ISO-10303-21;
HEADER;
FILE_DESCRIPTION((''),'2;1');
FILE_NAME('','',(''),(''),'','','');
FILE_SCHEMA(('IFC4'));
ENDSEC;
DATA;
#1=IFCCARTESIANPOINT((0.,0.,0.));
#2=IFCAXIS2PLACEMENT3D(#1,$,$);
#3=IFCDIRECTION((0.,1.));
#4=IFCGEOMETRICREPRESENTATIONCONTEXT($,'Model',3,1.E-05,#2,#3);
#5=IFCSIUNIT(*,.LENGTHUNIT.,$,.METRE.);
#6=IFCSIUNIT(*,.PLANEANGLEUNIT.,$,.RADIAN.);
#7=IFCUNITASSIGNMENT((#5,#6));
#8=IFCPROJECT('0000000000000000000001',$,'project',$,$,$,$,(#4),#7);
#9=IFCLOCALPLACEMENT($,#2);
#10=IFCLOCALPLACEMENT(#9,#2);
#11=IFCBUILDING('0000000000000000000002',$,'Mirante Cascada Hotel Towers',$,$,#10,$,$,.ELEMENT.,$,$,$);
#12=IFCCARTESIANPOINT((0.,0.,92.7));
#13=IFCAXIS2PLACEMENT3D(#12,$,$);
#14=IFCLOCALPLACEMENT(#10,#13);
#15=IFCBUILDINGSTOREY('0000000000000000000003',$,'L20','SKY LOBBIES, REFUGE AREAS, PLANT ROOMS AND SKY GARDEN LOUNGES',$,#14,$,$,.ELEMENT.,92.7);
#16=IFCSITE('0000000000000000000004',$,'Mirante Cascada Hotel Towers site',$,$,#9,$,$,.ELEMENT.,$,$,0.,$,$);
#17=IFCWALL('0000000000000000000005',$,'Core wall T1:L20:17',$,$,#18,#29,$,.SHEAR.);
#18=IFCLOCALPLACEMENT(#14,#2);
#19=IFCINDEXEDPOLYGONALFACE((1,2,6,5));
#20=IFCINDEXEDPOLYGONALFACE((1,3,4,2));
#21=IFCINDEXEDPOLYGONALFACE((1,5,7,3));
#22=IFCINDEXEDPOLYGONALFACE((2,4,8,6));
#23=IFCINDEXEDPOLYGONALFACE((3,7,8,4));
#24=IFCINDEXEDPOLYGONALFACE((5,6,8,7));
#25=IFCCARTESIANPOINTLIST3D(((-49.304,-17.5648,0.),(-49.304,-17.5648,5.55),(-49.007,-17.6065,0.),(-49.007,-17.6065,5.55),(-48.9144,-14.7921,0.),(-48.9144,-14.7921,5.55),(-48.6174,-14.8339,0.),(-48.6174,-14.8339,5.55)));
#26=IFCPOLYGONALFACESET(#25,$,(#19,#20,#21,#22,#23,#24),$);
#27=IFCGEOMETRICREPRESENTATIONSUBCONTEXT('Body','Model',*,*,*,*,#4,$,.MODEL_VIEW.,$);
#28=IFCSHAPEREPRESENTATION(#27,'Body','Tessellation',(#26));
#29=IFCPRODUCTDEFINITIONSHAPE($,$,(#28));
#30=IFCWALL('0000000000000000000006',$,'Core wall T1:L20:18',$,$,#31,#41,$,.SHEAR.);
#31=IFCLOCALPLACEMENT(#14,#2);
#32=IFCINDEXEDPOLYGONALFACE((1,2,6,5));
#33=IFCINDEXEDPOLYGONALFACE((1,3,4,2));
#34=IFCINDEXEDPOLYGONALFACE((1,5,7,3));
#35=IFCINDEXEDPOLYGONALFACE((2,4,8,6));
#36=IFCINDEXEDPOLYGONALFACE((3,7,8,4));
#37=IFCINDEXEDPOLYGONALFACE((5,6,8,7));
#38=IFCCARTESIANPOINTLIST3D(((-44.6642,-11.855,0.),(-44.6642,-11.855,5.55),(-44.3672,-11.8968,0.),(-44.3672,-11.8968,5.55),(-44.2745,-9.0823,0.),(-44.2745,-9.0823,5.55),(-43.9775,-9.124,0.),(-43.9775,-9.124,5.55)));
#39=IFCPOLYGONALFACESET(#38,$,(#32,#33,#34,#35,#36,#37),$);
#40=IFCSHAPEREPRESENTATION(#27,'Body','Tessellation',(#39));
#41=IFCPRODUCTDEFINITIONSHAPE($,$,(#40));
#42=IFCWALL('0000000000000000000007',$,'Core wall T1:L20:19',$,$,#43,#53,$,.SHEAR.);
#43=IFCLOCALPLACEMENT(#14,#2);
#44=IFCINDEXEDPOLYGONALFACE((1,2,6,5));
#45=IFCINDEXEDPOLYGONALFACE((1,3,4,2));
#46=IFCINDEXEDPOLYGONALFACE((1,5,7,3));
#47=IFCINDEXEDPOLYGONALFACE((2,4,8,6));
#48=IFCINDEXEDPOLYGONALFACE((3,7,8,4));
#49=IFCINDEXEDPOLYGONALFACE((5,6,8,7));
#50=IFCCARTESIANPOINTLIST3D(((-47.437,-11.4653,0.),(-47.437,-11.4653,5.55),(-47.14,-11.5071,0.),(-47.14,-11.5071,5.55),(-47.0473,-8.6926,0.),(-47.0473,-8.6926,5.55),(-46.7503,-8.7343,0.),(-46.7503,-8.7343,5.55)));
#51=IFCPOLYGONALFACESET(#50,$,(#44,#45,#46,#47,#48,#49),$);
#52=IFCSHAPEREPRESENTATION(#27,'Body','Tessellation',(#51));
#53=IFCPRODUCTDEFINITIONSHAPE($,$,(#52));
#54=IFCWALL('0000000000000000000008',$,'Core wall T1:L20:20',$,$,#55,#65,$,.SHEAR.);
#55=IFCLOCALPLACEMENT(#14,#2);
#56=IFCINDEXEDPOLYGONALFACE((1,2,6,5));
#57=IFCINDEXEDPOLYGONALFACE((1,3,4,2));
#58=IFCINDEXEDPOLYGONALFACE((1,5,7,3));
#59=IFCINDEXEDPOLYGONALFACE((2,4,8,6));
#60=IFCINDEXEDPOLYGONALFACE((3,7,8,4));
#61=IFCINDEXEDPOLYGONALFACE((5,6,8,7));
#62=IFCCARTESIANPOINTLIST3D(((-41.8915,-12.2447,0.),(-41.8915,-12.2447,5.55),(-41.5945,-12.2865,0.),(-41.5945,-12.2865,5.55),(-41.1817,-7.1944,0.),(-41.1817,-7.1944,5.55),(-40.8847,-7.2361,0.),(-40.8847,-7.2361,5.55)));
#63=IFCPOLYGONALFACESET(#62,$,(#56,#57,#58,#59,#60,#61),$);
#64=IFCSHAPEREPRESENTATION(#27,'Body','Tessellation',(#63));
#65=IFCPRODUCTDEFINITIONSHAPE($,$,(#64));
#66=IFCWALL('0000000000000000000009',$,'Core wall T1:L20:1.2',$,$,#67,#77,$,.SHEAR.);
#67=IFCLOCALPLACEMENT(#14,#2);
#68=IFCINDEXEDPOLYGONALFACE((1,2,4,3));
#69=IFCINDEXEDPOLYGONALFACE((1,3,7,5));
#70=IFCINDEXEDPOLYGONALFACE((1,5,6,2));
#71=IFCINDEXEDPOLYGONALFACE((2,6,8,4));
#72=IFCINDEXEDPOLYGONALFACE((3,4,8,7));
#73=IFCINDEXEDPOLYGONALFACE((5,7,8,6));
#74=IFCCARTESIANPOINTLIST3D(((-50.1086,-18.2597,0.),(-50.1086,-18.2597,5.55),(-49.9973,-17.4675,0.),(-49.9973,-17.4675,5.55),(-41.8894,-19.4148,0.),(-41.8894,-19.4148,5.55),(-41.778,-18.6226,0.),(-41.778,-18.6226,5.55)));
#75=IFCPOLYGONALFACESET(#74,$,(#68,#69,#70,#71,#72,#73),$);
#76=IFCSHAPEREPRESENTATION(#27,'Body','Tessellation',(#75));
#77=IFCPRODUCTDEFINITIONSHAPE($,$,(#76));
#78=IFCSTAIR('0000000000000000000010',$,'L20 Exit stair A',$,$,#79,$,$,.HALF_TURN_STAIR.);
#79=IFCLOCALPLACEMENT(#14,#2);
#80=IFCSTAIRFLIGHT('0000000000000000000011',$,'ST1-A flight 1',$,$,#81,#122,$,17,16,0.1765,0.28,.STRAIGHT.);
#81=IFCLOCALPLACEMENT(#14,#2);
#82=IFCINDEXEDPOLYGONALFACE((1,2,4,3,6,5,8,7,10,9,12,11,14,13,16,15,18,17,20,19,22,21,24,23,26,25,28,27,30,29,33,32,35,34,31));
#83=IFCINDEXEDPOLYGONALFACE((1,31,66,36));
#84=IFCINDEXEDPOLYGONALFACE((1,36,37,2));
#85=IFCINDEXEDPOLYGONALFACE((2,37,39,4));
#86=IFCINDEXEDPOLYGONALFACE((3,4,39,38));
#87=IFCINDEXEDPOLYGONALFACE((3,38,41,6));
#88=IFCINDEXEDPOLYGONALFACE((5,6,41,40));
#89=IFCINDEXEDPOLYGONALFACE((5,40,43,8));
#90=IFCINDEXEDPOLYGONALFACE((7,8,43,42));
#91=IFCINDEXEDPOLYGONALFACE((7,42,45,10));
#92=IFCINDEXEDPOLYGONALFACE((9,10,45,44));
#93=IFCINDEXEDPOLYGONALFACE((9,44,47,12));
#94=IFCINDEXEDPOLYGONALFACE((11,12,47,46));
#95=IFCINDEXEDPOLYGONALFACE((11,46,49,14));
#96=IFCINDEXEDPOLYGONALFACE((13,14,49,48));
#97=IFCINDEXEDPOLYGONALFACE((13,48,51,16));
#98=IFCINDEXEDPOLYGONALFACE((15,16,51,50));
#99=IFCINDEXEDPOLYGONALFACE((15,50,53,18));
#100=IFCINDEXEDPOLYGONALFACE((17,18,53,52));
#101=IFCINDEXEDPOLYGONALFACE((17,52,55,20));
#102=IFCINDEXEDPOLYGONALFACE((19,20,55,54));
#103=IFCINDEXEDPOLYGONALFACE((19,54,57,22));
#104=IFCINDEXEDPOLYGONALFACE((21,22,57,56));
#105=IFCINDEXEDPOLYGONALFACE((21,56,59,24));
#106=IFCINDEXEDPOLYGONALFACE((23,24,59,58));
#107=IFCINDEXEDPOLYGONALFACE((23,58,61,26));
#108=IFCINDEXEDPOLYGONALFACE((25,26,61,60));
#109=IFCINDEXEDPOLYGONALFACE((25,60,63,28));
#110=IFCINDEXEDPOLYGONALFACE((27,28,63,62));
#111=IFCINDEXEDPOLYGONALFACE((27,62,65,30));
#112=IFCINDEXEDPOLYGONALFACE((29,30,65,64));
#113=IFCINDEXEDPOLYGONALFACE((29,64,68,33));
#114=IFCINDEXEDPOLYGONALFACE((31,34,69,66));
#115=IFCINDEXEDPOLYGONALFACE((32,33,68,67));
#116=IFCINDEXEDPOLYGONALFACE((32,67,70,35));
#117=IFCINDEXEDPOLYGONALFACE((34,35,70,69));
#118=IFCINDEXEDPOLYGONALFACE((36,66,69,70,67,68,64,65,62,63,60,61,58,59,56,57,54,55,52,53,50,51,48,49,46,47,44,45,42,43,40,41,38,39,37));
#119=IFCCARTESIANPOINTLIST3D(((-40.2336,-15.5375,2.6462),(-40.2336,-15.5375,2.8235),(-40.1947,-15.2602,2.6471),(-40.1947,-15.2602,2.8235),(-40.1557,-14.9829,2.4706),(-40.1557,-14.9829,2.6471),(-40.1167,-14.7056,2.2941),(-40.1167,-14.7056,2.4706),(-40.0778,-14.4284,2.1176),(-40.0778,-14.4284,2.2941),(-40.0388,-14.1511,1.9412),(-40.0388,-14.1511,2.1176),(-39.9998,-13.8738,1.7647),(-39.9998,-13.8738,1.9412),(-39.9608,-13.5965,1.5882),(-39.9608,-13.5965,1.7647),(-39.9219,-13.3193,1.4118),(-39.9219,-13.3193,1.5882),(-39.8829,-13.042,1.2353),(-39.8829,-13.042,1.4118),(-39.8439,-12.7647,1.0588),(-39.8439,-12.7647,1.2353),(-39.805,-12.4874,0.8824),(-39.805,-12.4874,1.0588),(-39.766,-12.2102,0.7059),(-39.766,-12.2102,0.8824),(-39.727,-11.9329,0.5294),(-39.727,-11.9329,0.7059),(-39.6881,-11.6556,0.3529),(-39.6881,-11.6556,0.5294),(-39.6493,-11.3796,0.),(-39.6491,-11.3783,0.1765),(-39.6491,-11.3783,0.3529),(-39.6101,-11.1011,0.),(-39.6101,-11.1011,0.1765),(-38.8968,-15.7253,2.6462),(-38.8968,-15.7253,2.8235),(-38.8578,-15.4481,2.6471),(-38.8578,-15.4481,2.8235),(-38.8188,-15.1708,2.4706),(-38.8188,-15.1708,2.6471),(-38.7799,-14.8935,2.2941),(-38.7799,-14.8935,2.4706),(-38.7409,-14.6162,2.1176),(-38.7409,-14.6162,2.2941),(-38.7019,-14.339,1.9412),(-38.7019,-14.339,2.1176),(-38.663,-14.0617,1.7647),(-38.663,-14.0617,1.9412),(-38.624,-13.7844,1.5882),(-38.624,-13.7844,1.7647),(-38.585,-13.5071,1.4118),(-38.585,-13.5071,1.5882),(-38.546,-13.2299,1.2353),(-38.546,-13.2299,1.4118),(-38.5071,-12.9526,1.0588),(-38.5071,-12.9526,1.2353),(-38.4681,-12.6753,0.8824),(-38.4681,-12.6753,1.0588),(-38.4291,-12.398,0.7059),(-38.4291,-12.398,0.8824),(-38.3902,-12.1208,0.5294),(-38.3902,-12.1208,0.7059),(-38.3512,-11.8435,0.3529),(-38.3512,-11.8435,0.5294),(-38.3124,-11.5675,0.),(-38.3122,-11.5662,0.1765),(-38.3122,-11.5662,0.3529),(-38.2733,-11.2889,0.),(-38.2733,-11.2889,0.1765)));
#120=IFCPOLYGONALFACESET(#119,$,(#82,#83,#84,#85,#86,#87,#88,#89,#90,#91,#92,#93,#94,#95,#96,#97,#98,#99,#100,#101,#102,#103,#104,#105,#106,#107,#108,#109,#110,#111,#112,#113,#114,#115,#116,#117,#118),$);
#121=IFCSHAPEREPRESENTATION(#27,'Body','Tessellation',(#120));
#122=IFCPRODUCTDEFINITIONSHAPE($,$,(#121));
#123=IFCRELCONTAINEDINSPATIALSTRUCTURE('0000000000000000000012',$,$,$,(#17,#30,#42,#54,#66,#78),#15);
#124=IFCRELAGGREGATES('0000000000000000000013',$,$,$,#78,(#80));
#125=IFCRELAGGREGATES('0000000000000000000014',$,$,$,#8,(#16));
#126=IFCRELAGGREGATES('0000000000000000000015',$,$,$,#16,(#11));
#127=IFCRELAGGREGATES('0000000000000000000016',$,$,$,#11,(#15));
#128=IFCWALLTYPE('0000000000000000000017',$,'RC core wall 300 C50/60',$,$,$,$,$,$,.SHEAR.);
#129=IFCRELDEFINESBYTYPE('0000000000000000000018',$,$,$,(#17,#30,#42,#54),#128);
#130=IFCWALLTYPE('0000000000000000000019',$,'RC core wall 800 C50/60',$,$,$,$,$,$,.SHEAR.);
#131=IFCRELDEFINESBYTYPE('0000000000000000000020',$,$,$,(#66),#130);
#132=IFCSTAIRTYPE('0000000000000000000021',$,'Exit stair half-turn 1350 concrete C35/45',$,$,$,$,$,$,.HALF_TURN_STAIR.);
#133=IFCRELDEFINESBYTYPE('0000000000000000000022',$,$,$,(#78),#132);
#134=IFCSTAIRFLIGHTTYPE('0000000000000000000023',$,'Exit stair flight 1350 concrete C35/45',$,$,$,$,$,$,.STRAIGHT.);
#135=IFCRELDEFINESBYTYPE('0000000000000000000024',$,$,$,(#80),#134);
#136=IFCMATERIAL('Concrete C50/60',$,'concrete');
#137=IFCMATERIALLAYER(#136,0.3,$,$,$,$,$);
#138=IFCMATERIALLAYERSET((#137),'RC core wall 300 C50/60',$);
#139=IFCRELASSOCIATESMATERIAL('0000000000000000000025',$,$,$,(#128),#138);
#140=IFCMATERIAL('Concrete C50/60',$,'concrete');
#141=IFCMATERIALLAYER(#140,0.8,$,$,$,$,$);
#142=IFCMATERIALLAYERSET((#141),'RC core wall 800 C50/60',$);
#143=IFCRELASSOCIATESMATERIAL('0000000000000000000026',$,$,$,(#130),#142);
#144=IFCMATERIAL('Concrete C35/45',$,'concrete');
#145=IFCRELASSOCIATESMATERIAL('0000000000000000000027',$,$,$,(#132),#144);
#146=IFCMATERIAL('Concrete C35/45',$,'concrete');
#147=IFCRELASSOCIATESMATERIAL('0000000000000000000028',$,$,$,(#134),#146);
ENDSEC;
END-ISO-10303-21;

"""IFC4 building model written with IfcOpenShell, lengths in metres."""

from ifc_helpers import new_model, si_unit, direction, frame, frame_2d, origin, place, context, subcontext, project, spatial, polyline, rectangle, outline, extrude, material, layer, layer_set, type_object, element, aggregate, save


model = new_model("IFC4")

# Units and contexts
model_context = context("Model", 3, precision=1e-05, world=origin(), true_north=direction((0.0, 1.0)))
body_context = subcontext(model_context, "Body", "Model", "MODEL_VIEW")
ifc_project = project(units=[si_unit("LENGTHUNIT", "METRE"), si_unit("PLANEANGLEUNIT", "RADIAN")], contexts=[model_context])

# Site, building, storey
site_placement = place(None, origin())
site = spatial("IfcSite", under=ifc_project, at=site_placement, Name="Mirante Cascada Hotel Towers site", CompositionType="ELEMENT", RefElevation=0.0)
building_placement = place(site_placement, origin())
building = spatial("IfcBuilding", under=site, at=building_placement, Name="Mirante Cascada Hotel Towers", CompositionType="ELEMENT")
storey_placement = place(building_placement, frame((0.0, 0.0, 92.7)))
storey = spatial("IfcBuildingStorey", under=building, at=storey_placement, Name="L20", Description="SKY LOBBIES, REFUGE AREAS, PLANT ROOMS AND SKY GARDEN LOUNGES", CompositionType="ELEMENT", Elevation=92.7)

# Shared definitions
ifc_material_1 = material(Name="Concrete C50/60", Category="concrete")
ifc_layer_1 = layer(ifc_material_1, 0.3)
ifc_layer_set_1 = layer_set([ifc_layer_1], Name="RC core wall 300 C50/60")
wall_type_1 = type_object("IfcWallType", Name="RC core wall 300 C50/60", PredefinedType="SHEAR", material=ifc_layer_set_1)

# Walls
wall_1_placement = place(storey_placement, frame((-49.1555, -17.5857, 0.0), z_axis=(0.0, 0.0, 1.0), x_axis=(0.139146, 0.990272, 0.0)))
element("IfcWall", 1, at=wall_1_placement, inside=storey, type_object=wall_type_1, Name="Core wall T1:L20:17", PredefinedType="SHEAR", context=body_context, shape_type="SweptSolid", body=[
    extrude(rectangle(XDim=2.7999, YDim=0.3, at=frame_2d((1.4, 0.0))), origin(), (0.0, 0.0, 1.0), 5.55),
])
for number, where, z_axis, x_axis, name in (
    (2, (-44.5157, -11.8759, 0.0), (0.0, 0.0, 1.0), (0.139181, 0.990267, 0.0), "Core wall T1:L20:18"),
    (3, (-47.2885, -11.4862, 0.0), (0.0, 0.0, 1.0), (0.139181, 0.990267, 0.0), "Core wall T1:L20:19"),
):
    element("IfcWall", number, at=place(storey_placement, frame(where, z_axis=z_axis, x_axis=x_axis)), inside=storey, type_object=wall_type_1, Name=name, PredefinedType="SHEAR", context=body_context, shape_type="SweptSolid", body=[
        extrude(rectangle(XDim=2.8, YDim=0.3, at=frame_2d((1.4, 0.0))), origin(), (0.0, 0.0, 1.0), 5.55),
    ])
wall_2_placement = place(storey_placement, frame((-41.743, -12.2656, 0.0), z_axis=(0.0, 0.0, 1.0), x_axis=(0.139176, 0.990268, 0.0)))
element("IfcWall", 4, at=wall_2_placement, inside=storey, type_object=wall_type_1, Name="Core wall T1:L20:20", PredefinedType="SHEAR", context=body_context, shape_type="SweptSolid", body=[
    extrude(rectangle(XDim=5.1, YDim=0.3, at=frame_2d((2.55, 0.0))), origin(), (0.0, 0.0, 1.0), 5.55),
])
ifc_material_2 = material(Name="Concrete C50/60", Category="concrete")
ifc_layer_2 = layer(ifc_material_2, 0.8)
ifc_layer_set_2 = layer_set([ifc_layer_2], Name="RC core wall 800 C50/60")
wall_type_2 = type_object("IfcWallType", Name="RC core wall 800 C50/60", PredefinedType="SHEAR", material=ifc_layer_set_2)
wall_3_placement = place(storey_placement, frame((-41.8337, -19.0187, 0.0), z_axis=(0.0, 0.0, 1.0), x_axis=(-0.990269, 0.139169, 0.0)))
element("IfcWall", 5, at=wall_3_placement, inside=storey, type_object=wall_type_2, Name="Core wall T1:L20:1.2", PredefinedType="SHEAR", context=body_context, shape_type="SweptSolid", body=[
    extrude(rectangle(XDim=8.3, YDim=0.8, at=frame_2d((4.15, 0.0))), origin(), (0.0, 0.0, 1.0), 5.55),
])

# Stair, stair flight
ifc_material_3 = material(Name="Concrete C35/45", Category="concrete")
stair_type = type_object("IfcStairType", Name="Exit stair half-turn 1350 concrete C35/45", PredefinedType="HALF_TURN_STAIR", material=ifc_material_3)
stair_placement = place(storey_placement, origin())
stair = element("IfcStair", 6, at=stair_placement, inside=storey, type_object=stair_type, Name="L20 Exit stair A", PredefinedType="HALF_TURN_STAIR")
ifc_material_4 = material(Name="Concrete C35/45", Category="concrete")
stair_flight_type = type_object("IfcStairFlightType", Name="Exit stair flight 1350 concrete C35/45", PredefinedType="STRAIGHT", material=ifc_material_4)
stair_flight_placement = place(storey_placement, frame((-38.9417, -11.195, 0.0), z_axis=(0.0, 0.0, 1.0), x_axis=(-0.139173, -0.990268, 0.0)))
stair_flight = element("IfcStairFlight", 7, at=stair_flight_placement, type_object=stair_flight_type, Name="ST1-A flight 1", NumberOfRisers=17, NumberOfTreads=16, PredefinedType="STRAIGHT", RiserHeight=0.1765, TreadLength=0.28, context=body_context, shape_type="SweptSolid", body=[
    extrude(outline(polyline([(0.0, 0.0), (0.0, 0.1765), (0.28, 0.1765), (0.28, 0.3529), (0.56, 0.3529), (0.56, 0.5294), (0.84, 0.5294), (0.84, 0.7059), (1.12, 0.7059), (1.12, 0.8824), (1.4, 0.8824), (1.4, 1.0588), (1.68, 1.0588), (1.68, 1.2353), (1.96, 1.2353), (1.96, 1.4118), (2.24, 1.4118), (2.24, 1.5882), (2.52, 1.5882), (2.52, 1.7647), (2.8, 1.7647), (2.8, 1.9412), (3.08, 1.9412), (3.08, 2.1176), (3.36, 2.1176), (3.36, 2.2941), (3.64, 2.2941), (3.64, 2.4706), (3.92, 2.4706), (3.92, 2.6471), (4.2, 2.6471), (4.2, 2.8235), (4.48, 2.8235), (4.48, 3.0), (4.48, 2.6462), (0.2813, 0.0), (0.0, 0.0)])), frame((0.0, 0.675, 0.0), z_axis=(0.0, -1.0, 0.0), x_axis=(1.0, 0.0, 0.0)), (0.0, 0.0, 1.0), 1.35),
])
aggregate(stair, [stair_flight])

save(model, "model.ifc")
